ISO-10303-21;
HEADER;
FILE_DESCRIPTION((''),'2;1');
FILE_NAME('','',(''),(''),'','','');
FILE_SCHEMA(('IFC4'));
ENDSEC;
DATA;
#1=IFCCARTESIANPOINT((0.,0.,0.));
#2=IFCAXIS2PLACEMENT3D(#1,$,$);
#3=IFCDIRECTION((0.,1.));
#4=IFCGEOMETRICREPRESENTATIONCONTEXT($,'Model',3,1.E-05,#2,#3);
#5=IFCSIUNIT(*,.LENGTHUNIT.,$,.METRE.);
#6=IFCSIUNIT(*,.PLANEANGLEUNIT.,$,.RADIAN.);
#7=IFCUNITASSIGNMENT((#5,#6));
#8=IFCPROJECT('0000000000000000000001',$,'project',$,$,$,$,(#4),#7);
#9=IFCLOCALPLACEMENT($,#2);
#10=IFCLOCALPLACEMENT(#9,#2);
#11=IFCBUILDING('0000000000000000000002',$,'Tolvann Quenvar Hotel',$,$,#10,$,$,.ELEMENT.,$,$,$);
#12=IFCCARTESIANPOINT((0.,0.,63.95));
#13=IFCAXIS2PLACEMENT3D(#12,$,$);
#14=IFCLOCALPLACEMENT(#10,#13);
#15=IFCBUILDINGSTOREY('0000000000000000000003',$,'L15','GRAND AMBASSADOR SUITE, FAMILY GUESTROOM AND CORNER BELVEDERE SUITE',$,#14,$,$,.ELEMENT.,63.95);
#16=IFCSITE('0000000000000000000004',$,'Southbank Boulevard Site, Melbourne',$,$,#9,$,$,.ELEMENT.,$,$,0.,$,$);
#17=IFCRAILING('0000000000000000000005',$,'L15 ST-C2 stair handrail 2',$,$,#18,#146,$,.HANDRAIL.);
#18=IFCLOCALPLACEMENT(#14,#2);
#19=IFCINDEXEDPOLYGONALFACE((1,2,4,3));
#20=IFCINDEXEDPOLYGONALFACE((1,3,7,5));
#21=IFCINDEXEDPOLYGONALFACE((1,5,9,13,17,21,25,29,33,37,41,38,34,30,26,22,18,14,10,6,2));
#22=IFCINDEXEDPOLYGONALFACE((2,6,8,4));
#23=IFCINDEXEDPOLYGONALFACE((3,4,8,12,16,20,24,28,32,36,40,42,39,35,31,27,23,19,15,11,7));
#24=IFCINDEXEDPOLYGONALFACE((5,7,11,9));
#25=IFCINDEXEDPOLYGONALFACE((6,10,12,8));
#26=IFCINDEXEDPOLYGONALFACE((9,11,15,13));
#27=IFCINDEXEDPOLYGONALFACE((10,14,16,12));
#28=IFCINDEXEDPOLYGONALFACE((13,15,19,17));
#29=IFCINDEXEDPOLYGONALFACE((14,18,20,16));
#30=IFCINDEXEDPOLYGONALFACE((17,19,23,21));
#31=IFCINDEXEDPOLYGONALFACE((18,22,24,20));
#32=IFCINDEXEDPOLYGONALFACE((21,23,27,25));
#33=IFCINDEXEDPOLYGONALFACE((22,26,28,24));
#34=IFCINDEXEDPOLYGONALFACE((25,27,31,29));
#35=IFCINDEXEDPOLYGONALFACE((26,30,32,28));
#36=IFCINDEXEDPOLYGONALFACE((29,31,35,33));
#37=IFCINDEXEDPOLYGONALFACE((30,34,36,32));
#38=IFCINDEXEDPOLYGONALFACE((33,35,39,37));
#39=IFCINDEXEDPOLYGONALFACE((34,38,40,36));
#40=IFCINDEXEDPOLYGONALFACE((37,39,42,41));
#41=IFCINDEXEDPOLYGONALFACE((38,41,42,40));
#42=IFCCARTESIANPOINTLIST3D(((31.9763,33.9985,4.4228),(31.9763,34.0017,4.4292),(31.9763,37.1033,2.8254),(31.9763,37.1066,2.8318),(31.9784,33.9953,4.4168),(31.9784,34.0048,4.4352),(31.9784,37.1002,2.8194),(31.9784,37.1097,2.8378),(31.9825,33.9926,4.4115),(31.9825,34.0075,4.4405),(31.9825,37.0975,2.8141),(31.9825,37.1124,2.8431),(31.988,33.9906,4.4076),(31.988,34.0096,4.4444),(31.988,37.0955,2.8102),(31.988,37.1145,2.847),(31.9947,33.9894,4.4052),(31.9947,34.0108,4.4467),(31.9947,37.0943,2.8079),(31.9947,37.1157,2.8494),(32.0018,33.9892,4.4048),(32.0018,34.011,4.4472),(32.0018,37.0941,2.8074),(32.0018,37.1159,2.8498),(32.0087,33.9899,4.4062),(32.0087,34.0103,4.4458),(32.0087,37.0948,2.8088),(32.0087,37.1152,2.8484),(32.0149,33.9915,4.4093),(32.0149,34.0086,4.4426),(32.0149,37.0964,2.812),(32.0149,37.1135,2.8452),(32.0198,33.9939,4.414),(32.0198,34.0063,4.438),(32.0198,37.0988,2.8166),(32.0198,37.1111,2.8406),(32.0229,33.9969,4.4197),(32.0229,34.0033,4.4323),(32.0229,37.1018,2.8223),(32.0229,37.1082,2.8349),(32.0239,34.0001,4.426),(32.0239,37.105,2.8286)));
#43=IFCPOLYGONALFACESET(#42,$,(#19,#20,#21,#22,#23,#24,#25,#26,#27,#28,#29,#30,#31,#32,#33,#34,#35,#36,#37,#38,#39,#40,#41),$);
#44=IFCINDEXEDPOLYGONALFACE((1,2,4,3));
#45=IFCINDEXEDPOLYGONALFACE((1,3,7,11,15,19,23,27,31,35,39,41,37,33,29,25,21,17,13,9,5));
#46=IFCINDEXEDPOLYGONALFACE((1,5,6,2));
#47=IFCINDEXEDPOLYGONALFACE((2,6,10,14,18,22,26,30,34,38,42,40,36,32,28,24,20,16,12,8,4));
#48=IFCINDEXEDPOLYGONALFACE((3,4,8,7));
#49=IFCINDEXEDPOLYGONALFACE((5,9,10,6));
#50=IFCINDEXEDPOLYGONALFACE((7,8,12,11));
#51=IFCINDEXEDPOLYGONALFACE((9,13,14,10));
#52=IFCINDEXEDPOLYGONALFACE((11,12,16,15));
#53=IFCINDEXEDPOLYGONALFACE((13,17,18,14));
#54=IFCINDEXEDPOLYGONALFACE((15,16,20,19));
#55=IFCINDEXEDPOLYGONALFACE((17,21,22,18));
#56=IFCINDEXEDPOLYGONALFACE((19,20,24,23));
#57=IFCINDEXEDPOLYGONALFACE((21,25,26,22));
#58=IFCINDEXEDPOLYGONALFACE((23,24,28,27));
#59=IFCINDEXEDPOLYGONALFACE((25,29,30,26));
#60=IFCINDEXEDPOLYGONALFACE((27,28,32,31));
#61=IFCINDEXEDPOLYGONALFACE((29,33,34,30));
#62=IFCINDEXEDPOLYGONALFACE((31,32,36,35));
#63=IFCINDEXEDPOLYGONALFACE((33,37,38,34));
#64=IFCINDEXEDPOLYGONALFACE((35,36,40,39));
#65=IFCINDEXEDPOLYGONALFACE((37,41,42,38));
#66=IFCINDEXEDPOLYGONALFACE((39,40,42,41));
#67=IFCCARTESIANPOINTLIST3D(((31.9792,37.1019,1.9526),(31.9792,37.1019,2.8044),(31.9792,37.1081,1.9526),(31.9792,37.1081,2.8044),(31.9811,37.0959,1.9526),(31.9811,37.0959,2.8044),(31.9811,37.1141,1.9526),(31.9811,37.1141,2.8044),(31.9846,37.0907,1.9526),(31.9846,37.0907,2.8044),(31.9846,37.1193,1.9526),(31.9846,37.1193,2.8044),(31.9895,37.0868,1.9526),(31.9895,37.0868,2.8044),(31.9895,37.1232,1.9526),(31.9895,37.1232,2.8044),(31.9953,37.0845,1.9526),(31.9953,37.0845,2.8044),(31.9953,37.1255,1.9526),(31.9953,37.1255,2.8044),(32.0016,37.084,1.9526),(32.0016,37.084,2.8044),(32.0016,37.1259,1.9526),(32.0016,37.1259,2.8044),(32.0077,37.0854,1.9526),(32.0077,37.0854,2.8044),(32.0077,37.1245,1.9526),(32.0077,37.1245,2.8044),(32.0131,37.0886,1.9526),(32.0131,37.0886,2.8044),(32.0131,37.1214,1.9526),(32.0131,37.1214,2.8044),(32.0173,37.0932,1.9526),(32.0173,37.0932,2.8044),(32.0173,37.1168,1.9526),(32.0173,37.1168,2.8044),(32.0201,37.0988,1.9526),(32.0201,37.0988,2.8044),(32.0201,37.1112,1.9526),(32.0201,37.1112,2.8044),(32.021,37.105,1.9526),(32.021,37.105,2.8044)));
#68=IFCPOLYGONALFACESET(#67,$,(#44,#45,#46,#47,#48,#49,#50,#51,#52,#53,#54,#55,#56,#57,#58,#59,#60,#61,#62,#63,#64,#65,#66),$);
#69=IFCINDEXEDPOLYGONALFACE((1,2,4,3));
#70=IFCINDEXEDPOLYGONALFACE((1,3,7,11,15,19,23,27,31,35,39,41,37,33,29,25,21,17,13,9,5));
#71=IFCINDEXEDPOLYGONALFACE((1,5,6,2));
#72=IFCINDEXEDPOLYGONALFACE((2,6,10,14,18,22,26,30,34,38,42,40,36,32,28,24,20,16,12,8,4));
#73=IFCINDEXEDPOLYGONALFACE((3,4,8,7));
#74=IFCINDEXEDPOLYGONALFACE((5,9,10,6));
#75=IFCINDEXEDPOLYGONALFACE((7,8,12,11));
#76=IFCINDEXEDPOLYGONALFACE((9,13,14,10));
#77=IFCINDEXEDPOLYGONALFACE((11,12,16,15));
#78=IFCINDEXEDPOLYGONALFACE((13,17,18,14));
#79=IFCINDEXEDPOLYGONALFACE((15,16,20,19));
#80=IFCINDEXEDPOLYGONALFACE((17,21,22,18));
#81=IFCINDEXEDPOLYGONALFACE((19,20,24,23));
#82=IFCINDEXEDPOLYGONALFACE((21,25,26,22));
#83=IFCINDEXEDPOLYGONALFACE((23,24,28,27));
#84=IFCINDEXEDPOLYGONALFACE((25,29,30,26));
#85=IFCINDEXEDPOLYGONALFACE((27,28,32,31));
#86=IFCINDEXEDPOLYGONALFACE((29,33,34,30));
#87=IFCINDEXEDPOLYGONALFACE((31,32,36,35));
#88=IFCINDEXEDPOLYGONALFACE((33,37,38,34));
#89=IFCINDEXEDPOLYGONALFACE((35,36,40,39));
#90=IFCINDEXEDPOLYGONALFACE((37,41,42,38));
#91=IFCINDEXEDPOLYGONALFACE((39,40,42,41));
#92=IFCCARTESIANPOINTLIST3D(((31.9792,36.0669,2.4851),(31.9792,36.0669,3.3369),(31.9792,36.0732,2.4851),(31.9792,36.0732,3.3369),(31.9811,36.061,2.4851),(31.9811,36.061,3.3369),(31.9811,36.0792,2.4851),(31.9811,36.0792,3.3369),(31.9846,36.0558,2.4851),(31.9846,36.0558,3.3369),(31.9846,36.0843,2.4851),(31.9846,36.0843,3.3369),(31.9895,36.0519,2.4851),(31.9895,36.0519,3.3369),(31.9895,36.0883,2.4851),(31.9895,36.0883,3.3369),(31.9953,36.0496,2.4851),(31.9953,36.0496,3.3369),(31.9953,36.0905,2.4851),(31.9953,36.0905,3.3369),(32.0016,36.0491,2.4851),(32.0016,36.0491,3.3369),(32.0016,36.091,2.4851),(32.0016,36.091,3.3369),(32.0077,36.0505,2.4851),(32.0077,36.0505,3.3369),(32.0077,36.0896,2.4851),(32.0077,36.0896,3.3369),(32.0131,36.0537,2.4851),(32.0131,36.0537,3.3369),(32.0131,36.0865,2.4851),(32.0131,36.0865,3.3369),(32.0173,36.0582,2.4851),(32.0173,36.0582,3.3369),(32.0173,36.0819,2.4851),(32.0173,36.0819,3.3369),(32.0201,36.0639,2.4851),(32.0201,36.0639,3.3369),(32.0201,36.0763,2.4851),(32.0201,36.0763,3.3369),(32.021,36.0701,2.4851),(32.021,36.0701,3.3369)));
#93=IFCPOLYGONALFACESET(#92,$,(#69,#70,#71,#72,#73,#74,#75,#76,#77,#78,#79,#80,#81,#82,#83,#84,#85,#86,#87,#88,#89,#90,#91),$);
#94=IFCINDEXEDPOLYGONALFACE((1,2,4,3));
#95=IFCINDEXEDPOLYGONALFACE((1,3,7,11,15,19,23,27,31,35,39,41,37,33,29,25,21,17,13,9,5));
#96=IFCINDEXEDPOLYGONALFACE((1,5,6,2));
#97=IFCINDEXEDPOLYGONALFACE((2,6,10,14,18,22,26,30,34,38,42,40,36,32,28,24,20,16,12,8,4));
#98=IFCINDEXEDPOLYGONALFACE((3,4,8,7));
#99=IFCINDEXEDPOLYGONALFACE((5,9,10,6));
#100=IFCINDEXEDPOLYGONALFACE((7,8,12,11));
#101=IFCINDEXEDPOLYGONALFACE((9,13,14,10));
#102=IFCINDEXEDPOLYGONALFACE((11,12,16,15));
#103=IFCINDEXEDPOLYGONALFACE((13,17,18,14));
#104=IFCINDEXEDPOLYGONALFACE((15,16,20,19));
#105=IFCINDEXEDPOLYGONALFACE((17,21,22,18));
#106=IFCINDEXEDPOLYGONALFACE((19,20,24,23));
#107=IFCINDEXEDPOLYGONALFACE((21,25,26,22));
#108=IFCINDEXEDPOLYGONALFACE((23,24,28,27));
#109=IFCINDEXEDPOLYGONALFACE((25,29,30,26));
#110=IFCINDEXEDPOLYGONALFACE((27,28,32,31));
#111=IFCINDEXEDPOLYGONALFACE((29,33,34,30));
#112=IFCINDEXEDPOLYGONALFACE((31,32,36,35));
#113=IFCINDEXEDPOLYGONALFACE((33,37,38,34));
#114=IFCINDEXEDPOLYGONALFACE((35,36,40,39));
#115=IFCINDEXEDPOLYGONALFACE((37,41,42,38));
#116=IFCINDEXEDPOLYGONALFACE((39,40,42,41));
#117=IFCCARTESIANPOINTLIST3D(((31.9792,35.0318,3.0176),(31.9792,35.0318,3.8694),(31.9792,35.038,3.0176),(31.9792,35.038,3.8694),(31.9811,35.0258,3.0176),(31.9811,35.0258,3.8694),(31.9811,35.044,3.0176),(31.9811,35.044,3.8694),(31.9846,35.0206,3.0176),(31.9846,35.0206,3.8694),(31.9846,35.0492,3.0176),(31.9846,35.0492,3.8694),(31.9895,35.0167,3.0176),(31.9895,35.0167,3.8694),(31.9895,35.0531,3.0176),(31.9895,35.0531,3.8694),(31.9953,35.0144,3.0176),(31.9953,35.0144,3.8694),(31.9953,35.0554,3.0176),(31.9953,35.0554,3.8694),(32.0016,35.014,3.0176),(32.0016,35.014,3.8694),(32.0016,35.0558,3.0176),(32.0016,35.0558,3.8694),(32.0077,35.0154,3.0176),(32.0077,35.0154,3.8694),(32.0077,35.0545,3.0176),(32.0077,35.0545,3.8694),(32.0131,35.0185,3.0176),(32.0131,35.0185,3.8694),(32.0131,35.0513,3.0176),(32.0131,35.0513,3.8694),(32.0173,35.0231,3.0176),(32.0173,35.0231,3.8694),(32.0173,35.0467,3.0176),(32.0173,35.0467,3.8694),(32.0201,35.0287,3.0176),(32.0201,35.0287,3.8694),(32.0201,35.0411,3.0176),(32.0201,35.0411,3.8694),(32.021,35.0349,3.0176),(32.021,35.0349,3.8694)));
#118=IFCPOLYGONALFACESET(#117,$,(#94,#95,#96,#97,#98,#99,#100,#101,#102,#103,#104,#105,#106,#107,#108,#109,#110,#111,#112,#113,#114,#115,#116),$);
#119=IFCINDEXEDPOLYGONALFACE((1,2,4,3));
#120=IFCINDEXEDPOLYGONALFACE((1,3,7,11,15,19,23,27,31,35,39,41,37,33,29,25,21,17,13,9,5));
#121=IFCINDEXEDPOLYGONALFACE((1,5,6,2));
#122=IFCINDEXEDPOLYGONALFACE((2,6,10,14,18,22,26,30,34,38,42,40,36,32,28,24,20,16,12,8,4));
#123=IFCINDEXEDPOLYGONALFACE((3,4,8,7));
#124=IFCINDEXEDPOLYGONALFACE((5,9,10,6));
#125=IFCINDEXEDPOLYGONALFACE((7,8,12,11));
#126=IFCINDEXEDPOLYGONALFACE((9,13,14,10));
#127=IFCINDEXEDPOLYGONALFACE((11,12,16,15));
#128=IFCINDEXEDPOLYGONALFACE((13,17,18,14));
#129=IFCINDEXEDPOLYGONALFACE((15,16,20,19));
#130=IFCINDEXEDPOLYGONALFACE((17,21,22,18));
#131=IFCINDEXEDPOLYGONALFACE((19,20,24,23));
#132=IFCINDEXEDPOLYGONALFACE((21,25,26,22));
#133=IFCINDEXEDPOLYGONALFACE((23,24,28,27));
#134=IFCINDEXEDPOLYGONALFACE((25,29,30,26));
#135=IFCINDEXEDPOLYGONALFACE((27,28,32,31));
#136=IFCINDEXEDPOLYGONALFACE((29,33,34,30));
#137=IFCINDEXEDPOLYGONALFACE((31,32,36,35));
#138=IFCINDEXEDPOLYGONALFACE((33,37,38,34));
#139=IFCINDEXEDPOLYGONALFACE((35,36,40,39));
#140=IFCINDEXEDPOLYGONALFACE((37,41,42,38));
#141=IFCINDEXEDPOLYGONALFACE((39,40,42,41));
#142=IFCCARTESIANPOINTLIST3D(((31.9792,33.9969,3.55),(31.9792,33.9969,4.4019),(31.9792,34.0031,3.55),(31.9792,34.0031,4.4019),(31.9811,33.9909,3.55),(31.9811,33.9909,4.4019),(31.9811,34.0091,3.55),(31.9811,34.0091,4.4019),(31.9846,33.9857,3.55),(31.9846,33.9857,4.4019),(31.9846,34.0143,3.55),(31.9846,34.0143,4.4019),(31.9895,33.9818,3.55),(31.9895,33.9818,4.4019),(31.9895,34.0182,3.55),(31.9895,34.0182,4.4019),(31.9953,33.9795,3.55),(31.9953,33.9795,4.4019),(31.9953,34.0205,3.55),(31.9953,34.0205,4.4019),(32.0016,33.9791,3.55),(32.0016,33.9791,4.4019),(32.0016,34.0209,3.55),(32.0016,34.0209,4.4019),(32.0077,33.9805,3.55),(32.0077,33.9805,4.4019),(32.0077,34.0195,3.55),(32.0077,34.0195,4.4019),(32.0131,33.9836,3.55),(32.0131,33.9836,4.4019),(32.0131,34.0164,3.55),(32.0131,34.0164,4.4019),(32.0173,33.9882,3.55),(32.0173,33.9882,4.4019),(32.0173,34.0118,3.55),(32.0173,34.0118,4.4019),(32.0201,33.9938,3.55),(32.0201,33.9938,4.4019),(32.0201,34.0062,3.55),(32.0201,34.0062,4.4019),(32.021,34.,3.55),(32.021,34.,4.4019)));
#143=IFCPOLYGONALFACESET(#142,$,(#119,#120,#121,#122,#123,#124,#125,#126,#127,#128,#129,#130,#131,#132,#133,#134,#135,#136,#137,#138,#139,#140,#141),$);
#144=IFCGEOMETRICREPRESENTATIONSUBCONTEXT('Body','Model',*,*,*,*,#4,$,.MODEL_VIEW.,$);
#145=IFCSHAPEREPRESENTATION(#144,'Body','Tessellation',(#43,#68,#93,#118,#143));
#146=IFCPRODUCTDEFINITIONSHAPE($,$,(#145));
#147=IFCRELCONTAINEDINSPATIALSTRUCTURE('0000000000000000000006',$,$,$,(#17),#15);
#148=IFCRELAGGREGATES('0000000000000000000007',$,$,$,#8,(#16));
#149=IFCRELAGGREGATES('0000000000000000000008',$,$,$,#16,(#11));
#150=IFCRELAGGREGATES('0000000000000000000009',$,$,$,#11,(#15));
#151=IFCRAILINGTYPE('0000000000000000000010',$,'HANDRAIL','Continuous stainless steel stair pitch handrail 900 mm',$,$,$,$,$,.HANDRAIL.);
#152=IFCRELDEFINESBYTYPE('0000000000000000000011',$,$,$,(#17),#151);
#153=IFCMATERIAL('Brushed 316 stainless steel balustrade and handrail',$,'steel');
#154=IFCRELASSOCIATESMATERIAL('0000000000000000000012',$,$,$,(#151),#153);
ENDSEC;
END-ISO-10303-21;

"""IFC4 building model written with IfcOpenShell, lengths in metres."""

from ifc_helpers import new_model, si_unit, direction, frame, origin, origin_2d, place, context, subcontext, project, spatial, circle, extrude, material, type_object, element, save


model = new_model("IFC4")

# Units and contexts
model_context = context("Model", 3, precision=1e-05, world=origin(), true_north=direction((0.0, 1.0)))
body_context = subcontext(model_context, "Body", "Model", "MODEL_VIEW")
ifc_project = project(units=[si_unit("LENGTHUNIT", "METRE"), si_unit("PLANEANGLEUNIT", "RADIAN")], contexts=[model_context])

# Site, building, storey
site_placement = place(None, origin())
site = spatial("IfcSite", under=ifc_project, at=site_placement, Name="Southbank Boulevard Site, Melbourne", CompositionType="ELEMENT", RefElevation=0.0)
building_placement = place(site_placement, origin())
building = spatial("IfcBuilding", under=site, at=building_placement, Name="Tolvann Quenvar Hotel", CompositionType="ELEMENT")
storey_placement = place(building_placement, frame((0.0, 0.0, 63.95)))
storey = spatial("IfcBuildingStorey", under=building, at=storey_placement, Name="L15", Description="GRAND AMBASSADOR SUITE, FAMILY GUESTROOM AND CORNER BELVEDERE SUITE", CompositionType="ELEMENT", Elevation=63.95)

# Railing
ifc_material_1 = material(Name="Brushed 316 stainless steel balustrade and handrail", Category="steel")
railing_type_1 = type_object("IfcRailingType", Name="HANDRAIL", Description="Continuous stainless steel stair pitch handrail 900 mm", PredefinedType="HANDRAIL", material=ifc_material_1)
railing_1_placement = place(storey_placement, frame((32.0, 37.105, 1.9526)))
element("IfcRailing", 1, at=railing_1_placement, inside=storey, type_object=railing_type_1, Name="L15 ST-C2 stair handrail 2", PredefinedType="HANDRAIL", context=body_context, shape_type="SweptSolid", body=[
    extrude(circle(Radius=0.0239, at=origin_2d()), frame((0.0, 0.0, 0.876), z_axis=(0.0, -0.889222, 0.457476), x_axis=(1.0, 0.0, 0.0)), (0.0, 0.0, 1.0), 3.4917),
    extrude(circle(Radius=0.021, at=origin_2d()), origin(), (0.0, 0.0, 1.0), 0.8518),
    extrude(circle(Radius=0.021, at=origin_2d()), frame((0.0, -1.0349, 0.5325)), (0.0, 0.0, 1.0), 0.8518),
    extrude(circle(Radius=0.021, at=origin_2d()), frame((0.0, -2.0701, 1.0649)), (0.0, 0.0, 1.0), 0.8518),
    extrude(circle(Radius=0.021, at=origin_2d()), frame((0.0, -3.105, 1.5974)), (0.0, 0.0, 1.0), 0.8518),
])

save(model, "model.ifc")
